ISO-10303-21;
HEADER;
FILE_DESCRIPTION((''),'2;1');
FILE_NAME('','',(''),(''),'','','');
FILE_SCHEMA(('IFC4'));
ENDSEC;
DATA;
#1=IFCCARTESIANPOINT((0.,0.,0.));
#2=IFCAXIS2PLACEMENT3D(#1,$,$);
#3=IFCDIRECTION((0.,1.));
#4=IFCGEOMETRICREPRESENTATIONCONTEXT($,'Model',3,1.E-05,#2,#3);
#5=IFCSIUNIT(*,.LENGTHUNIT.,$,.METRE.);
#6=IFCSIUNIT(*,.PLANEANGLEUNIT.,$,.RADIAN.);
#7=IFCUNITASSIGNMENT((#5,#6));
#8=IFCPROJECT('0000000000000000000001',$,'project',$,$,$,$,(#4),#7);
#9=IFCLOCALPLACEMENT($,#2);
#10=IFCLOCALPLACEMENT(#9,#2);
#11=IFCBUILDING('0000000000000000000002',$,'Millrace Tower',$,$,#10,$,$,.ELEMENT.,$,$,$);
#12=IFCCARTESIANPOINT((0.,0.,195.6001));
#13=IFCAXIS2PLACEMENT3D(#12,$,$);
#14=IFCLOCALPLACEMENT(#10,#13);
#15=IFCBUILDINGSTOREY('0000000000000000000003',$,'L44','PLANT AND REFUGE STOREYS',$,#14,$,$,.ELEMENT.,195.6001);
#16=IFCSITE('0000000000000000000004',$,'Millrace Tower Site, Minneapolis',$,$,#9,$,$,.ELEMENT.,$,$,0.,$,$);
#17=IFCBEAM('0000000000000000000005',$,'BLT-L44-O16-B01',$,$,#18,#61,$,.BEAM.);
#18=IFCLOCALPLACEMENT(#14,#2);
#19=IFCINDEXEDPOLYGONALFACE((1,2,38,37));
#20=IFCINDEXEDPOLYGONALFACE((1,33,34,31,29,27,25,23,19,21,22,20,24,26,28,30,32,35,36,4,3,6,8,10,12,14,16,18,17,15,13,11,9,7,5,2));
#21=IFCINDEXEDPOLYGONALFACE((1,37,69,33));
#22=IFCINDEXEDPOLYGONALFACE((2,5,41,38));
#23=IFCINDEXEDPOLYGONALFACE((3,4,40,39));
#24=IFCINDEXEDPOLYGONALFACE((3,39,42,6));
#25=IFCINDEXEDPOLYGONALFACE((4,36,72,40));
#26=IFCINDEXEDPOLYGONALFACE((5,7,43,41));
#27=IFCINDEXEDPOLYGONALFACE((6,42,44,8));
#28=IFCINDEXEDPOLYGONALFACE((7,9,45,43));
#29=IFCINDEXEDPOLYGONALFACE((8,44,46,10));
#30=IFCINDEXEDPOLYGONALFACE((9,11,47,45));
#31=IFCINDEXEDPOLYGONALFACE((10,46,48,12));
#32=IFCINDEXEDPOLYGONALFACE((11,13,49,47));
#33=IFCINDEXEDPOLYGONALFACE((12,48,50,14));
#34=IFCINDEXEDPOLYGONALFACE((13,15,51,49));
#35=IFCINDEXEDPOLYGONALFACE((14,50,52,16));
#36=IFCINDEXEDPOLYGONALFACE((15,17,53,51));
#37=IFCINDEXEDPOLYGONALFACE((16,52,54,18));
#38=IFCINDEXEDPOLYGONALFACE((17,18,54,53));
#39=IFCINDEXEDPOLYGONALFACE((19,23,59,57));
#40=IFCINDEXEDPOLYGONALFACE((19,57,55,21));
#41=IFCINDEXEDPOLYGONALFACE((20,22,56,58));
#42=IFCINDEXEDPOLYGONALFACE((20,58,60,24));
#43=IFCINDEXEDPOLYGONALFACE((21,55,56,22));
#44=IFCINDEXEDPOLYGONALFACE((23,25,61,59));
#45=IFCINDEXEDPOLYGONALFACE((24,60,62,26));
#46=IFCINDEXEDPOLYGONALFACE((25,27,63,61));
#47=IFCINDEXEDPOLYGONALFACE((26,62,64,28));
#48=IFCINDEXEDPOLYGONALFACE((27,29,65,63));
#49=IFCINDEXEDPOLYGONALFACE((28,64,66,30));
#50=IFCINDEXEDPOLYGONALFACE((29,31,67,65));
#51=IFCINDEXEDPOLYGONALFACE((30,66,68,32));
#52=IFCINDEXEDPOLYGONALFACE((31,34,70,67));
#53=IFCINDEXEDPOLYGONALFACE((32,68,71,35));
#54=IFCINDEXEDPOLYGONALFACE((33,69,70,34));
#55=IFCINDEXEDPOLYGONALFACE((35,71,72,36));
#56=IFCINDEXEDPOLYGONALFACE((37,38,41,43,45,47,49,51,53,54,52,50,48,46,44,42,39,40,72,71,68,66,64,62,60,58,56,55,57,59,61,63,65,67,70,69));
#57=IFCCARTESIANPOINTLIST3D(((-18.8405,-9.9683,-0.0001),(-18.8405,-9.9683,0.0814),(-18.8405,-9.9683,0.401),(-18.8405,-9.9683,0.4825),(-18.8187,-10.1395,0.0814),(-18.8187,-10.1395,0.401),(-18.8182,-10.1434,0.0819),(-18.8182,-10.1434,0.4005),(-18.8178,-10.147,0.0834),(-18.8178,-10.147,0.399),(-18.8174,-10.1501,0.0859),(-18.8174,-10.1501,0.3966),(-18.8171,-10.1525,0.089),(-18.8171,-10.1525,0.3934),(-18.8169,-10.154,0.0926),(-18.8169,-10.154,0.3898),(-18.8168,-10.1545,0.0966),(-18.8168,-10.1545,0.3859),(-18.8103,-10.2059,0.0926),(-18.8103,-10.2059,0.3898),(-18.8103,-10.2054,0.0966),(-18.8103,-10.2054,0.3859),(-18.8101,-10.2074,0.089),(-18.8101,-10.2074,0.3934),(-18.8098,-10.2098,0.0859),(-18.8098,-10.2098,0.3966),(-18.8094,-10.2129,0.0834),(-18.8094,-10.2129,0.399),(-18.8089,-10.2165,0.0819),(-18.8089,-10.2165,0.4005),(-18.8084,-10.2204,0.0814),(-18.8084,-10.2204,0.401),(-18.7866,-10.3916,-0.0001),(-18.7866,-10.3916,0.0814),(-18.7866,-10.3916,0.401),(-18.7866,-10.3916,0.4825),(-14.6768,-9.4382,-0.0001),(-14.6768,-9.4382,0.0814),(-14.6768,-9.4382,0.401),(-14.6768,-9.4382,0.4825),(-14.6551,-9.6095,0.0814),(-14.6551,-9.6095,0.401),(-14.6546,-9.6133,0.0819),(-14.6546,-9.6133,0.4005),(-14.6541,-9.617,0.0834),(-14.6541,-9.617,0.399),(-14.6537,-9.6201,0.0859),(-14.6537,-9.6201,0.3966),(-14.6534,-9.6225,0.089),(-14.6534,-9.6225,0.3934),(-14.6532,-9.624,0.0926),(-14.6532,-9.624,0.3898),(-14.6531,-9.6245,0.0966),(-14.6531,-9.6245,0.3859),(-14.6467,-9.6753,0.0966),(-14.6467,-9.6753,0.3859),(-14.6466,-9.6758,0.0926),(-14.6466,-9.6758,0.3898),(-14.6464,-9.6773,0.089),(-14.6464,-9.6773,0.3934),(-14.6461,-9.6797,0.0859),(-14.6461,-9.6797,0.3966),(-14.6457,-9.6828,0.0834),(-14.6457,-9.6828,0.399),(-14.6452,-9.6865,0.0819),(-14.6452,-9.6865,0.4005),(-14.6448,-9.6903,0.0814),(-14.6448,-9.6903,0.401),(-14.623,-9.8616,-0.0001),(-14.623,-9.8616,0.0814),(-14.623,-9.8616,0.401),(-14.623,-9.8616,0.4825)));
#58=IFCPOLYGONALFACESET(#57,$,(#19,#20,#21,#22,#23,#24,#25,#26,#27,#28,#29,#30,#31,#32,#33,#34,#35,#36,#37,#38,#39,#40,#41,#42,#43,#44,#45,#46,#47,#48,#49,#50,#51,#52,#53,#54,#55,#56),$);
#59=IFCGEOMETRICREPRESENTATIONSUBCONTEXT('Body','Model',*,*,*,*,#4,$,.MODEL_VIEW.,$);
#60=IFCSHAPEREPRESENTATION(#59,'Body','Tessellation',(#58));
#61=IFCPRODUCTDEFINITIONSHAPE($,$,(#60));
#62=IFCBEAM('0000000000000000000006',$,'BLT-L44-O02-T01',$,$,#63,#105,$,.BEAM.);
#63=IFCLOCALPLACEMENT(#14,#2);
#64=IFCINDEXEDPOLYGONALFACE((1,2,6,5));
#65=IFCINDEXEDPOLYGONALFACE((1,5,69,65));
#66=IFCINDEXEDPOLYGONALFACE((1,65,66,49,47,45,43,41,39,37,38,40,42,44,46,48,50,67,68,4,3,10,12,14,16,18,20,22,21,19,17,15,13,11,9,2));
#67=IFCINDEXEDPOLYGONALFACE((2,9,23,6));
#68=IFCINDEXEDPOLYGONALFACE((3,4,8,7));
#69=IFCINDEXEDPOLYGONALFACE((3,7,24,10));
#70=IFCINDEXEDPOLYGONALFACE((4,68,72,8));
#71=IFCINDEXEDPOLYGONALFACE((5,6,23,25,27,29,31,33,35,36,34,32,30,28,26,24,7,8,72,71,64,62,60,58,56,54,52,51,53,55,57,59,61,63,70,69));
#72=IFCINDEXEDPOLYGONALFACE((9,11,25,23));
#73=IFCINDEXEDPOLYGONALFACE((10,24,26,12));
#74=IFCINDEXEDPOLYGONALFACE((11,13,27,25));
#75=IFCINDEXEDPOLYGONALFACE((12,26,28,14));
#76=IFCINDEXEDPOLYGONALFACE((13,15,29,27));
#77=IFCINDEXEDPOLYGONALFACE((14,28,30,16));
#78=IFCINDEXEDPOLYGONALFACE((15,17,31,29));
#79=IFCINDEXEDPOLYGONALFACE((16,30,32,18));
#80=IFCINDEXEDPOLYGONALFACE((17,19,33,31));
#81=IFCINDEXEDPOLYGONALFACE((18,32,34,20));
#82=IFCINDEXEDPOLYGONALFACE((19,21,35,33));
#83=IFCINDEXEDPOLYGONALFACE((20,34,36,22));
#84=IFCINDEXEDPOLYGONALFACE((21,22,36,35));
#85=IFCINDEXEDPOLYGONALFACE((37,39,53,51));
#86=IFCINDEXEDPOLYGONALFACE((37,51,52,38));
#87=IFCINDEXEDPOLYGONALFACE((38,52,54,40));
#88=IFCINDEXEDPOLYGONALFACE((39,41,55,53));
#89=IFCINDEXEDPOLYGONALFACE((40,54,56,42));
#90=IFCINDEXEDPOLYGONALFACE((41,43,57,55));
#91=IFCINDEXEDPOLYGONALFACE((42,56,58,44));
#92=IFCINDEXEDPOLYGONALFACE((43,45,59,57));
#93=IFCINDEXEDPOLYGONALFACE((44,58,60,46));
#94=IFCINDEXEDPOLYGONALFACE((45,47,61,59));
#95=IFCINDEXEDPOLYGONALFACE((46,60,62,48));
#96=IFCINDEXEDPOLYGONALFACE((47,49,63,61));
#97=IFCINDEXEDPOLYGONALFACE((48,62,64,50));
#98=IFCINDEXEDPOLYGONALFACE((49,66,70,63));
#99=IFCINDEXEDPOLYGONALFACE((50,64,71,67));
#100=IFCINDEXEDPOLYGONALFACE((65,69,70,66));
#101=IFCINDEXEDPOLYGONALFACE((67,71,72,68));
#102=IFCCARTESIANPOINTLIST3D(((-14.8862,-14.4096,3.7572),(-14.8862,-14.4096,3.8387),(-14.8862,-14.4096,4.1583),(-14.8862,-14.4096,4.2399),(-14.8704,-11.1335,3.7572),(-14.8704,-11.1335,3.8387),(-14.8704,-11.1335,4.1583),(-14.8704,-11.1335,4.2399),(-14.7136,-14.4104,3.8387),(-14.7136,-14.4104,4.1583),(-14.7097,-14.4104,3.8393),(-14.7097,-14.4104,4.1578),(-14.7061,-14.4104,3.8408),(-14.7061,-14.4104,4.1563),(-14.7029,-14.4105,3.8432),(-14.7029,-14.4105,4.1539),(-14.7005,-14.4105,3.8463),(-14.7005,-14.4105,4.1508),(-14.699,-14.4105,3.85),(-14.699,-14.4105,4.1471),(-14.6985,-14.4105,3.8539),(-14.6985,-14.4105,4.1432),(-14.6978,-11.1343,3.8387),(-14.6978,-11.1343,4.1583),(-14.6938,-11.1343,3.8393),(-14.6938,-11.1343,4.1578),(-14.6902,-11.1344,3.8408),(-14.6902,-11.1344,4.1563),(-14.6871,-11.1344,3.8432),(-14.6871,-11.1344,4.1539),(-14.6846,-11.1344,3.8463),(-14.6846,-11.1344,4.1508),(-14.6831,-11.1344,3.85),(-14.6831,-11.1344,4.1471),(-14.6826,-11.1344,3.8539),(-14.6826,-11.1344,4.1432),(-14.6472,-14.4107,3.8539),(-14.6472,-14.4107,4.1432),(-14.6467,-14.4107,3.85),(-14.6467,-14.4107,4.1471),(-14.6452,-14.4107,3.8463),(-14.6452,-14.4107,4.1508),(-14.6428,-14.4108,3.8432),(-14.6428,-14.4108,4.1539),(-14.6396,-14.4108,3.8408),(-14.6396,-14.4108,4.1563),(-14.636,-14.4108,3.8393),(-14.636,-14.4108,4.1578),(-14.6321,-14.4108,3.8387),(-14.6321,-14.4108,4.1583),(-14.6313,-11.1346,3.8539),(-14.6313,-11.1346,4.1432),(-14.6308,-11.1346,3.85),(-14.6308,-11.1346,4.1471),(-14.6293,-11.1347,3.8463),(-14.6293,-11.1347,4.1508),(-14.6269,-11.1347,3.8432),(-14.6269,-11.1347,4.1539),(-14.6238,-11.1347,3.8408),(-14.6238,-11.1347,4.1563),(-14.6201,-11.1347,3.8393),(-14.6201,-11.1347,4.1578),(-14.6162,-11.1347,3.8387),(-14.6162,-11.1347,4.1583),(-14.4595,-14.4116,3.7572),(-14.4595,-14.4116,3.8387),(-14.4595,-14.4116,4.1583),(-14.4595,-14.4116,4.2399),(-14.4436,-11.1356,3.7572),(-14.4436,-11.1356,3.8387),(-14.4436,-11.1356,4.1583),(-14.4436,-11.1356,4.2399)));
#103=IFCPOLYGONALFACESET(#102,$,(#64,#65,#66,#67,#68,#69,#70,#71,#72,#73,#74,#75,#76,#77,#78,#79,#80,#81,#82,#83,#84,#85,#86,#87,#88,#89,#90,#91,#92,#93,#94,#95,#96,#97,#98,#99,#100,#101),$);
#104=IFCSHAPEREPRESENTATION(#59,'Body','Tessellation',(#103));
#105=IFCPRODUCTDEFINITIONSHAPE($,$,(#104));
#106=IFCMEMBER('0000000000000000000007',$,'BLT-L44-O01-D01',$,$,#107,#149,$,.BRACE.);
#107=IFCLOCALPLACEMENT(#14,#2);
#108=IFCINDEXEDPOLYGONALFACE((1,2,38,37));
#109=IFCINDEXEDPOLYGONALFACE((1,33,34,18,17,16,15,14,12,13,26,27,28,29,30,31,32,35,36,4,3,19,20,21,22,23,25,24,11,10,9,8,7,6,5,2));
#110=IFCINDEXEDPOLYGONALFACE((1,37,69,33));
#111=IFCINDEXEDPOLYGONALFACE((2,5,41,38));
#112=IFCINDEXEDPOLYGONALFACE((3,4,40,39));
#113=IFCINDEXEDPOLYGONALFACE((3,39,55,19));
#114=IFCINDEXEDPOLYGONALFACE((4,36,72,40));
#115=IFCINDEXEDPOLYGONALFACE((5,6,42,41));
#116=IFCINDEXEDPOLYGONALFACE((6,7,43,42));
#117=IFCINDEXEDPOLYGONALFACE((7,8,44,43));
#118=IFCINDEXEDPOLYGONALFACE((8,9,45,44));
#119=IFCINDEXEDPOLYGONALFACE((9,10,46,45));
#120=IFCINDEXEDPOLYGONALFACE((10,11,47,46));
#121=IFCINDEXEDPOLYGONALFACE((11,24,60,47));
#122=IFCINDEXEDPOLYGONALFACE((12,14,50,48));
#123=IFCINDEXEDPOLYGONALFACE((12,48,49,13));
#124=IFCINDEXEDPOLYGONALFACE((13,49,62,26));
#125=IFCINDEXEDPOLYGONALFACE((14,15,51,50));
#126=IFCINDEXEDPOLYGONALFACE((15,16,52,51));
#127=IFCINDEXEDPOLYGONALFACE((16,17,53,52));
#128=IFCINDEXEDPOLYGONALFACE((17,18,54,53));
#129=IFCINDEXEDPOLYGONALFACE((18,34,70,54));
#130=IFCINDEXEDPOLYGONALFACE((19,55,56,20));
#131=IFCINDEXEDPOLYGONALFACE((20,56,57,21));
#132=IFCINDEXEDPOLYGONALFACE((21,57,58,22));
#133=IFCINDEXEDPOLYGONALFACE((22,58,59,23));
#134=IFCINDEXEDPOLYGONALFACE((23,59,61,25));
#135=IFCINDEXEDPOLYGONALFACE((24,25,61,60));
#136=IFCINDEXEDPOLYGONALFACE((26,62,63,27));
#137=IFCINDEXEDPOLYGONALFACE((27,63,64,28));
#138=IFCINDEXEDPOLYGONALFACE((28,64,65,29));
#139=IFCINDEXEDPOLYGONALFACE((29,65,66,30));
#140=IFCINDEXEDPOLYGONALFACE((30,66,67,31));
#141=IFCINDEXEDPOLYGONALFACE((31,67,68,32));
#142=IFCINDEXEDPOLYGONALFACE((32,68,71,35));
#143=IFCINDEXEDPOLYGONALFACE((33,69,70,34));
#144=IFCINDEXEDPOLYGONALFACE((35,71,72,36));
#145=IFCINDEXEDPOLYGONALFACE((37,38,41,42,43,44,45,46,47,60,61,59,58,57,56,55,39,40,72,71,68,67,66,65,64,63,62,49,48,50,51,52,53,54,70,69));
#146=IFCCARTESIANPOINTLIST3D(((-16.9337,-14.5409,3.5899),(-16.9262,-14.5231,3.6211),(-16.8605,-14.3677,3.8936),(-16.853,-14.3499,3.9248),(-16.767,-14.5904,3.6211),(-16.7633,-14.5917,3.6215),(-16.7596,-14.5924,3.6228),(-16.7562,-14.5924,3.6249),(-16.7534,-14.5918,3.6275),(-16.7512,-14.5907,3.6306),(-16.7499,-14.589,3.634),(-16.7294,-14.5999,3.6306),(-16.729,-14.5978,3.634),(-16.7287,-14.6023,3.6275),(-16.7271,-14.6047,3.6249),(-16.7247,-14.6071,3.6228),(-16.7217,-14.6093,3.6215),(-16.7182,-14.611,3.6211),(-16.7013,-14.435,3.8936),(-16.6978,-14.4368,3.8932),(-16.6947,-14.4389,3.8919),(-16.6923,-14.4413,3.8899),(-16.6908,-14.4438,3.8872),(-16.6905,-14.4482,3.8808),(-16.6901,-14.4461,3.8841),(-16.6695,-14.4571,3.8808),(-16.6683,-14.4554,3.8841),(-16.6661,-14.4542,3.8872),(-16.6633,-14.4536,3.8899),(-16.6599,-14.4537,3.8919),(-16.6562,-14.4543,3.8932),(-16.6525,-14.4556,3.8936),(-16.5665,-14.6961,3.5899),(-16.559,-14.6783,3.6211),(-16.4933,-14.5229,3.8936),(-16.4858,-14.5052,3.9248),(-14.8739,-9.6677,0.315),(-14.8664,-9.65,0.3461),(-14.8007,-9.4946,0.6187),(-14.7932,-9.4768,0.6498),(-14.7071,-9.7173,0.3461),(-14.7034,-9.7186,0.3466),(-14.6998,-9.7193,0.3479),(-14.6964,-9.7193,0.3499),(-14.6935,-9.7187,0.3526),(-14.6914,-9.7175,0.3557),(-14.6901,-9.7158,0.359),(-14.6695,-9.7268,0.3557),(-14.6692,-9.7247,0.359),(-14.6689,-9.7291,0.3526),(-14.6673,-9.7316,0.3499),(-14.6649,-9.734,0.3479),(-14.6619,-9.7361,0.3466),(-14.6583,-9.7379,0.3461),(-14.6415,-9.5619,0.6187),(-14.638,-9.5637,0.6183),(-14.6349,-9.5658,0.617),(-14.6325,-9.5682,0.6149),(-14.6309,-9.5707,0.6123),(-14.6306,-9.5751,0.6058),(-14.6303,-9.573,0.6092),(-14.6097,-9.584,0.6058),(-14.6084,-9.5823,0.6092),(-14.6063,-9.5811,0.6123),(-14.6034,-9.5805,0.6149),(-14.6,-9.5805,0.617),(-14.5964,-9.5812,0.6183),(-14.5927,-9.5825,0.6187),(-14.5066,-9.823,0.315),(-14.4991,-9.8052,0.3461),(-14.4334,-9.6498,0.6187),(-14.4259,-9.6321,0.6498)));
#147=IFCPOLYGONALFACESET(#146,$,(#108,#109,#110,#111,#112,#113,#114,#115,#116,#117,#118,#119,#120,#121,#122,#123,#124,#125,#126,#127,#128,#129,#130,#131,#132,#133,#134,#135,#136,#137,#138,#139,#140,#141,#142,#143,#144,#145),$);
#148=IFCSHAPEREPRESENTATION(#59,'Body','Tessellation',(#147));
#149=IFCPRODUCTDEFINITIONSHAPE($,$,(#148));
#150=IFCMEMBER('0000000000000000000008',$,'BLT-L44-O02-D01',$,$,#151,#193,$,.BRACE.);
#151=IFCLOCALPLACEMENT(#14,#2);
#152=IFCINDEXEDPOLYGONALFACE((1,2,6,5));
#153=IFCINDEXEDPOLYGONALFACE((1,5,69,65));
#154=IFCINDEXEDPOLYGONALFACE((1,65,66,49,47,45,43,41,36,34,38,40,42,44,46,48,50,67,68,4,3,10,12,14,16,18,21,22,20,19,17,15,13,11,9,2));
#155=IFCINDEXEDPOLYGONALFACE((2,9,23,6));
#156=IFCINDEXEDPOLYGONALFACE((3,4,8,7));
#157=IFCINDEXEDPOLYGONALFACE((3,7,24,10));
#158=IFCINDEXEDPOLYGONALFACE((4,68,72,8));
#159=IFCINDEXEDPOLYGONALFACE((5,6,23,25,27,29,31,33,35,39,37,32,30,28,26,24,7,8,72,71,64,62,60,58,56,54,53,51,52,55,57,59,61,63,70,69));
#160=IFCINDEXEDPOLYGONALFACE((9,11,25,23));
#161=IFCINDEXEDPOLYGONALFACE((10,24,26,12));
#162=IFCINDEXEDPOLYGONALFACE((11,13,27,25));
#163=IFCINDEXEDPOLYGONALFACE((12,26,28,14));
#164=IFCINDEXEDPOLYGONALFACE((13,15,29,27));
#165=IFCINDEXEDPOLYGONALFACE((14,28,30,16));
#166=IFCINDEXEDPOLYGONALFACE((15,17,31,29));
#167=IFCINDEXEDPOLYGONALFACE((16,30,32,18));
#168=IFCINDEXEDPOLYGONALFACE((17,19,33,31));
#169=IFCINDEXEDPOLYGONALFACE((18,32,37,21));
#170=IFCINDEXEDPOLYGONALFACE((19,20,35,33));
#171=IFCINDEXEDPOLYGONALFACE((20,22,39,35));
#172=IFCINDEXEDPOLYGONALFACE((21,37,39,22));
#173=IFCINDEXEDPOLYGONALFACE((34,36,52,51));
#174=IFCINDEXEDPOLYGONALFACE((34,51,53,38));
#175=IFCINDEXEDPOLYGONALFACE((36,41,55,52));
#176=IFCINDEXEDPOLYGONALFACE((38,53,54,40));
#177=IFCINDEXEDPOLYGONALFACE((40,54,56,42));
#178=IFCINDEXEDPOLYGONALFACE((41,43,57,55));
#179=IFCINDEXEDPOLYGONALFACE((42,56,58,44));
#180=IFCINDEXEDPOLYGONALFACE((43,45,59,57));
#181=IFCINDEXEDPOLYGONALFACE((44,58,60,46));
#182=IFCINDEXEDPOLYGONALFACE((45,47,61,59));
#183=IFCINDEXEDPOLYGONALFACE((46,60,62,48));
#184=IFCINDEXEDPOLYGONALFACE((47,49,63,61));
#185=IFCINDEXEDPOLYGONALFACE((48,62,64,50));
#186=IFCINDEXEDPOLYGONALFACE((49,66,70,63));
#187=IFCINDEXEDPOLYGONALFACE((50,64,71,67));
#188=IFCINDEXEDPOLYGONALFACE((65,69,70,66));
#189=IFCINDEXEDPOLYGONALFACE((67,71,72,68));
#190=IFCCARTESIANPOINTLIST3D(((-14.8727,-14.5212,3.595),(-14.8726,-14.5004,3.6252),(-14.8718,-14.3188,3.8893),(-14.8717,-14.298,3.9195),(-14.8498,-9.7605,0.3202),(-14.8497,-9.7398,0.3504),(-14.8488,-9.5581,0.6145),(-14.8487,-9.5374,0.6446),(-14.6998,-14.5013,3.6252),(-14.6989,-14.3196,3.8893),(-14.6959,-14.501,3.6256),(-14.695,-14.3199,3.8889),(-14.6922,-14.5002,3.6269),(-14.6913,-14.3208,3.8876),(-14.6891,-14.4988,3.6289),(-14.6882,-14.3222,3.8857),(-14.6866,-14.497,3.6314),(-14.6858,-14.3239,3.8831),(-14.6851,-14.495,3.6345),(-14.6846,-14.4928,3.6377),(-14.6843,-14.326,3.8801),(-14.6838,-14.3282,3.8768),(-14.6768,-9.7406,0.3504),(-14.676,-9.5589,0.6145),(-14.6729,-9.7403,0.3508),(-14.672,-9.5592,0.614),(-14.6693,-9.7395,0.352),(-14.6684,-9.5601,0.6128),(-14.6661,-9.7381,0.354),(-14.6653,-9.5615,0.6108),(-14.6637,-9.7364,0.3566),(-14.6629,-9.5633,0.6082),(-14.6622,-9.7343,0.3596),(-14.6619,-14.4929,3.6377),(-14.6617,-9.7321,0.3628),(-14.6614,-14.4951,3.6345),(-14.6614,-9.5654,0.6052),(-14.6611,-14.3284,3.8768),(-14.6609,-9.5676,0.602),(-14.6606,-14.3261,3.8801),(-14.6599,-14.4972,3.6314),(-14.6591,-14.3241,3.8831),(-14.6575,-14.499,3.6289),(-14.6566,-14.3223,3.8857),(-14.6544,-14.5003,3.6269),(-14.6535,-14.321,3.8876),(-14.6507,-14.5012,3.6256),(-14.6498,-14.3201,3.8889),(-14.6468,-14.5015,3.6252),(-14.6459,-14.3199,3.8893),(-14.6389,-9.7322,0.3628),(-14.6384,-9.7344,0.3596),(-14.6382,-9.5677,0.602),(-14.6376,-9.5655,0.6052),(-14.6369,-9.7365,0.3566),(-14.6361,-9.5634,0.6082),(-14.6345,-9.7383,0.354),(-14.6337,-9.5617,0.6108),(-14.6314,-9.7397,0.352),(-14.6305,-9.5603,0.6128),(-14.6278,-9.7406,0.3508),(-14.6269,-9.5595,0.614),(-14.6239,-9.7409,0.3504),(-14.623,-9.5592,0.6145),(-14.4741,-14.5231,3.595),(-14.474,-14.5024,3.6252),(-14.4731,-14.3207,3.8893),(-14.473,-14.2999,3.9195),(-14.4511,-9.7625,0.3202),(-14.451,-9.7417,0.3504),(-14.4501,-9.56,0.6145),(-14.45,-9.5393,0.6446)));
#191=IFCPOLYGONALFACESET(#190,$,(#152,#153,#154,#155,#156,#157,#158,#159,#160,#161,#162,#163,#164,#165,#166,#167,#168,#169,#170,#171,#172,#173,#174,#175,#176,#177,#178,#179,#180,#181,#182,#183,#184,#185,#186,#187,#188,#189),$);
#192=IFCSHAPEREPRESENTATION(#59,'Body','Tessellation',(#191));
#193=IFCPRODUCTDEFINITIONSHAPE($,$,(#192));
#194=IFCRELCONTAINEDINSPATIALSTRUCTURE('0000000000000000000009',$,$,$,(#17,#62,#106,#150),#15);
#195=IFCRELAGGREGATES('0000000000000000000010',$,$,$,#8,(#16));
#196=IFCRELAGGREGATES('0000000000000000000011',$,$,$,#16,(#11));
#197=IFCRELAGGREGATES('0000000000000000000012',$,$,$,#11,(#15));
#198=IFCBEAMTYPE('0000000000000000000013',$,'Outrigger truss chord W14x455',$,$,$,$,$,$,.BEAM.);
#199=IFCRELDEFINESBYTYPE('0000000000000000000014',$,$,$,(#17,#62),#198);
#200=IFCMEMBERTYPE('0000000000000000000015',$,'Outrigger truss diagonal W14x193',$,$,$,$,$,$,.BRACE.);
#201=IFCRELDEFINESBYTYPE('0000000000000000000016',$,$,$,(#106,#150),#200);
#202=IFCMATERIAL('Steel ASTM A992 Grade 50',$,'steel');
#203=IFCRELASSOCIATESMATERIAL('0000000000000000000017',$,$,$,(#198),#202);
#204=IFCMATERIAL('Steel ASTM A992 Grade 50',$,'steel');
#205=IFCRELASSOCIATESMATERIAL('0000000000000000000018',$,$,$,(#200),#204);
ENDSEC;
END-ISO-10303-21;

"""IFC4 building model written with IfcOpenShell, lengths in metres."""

from ifc_helpers import new_model, si_unit, direction, frame, origin, origin_2d, place, context, subcontext, project, spatial, i_section, extrude, material, material_profile, profile_set, type_object, element, save


model = new_model("IFC4")

# Units and contexts
model_context = context("Model", 3, precision=1e-05, world=origin(), true_north=direction((0.0, 1.0)))
body_context = subcontext(model_context, "Body", "Model", "MODEL_VIEW")
ifc_project = project(units=[si_unit("LENGTHUNIT", "METRE"), si_unit("PLANEANGLEUNIT", "RADIAN")], contexts=[model_context])

# Site, building, storey
site_placement = place(None, origin())
site = spatial("IfcSite", under=ifc_project, at=site_placement, Name="Millrace Tower Site, Minneapolis", CompositionType="ELEMENT", RefElevation=0.0)
building_placement = place(site_placement, origin())
building = spatial("IfcBuilding", under=site, at=building_placement, Name="Millrace Tower", CompositionType="ELEMENT")
storey_placement = place(building_placement, frame((0.0, 0.0, 195.6001)))
storey = spatial("IfcBuildingStorey", under=building, at=storey_placement, Name="L44", Description="PLANT AND REFUGE STOREYS", CompositionType="ELEMENT", Elevation=195.6001)

# Beams
ifc_material_1 = material(Name="Steel ASTM A992 Grade 50", Category="steel")
ifc_material_profile_1 = material_profile(ifc_material_1, i_section(OverallWidth=0.4268, OverallDepth=0.4827, WebThickness=0.0513, FlangeThickness=0.0815, FilletRadius=0.0151, at=origin_2d()))
ifc_profile_set_1 = profile_set([ifc_material_profile_1], Name="Steel ASTM A992 Grade 50")
beam_type = type_object("IfcBeamType", Name="Outrigger truss chord W14x455", PredefinedType="BEAM", material=ifc_profile_set_1)
beam_1_placement = place(storey_placement, frame((-14.6499, -9.6499, 0.2412), z_axis=(-0.991994, -0.126282, 0.0), x_axis=(0.126282, -0.991994, 0.0)))
element("IfcBeam", 1, at=beam_1_placement, inside=storey, type_object=beam_type, Name="BLT-L44-O16-B01", PredefinedType="BEAM", context=body_context, shape_type="SweptSolid", body=[
    extrude(i_section(OverallWidth=0.4268, OverallDepth=0.4827, WebThickness=0.0513, FlangeThickness=0.0815, FilletRadius=0.0151, at=origin_2d()), origin(), (0.0, 0.0, 1.0), 4.1973),
])
beam_2_placement = place(storey_placement, frame((-14.657, -11.1345, 3.9985), z_axis=(-0.004844, -0.999988, 0.0), x_axis=(0.999988, -0.004844, 0.0)))
element("IfcBeam", 2, at=beam_2_placement, inside=storey, type_object=beam_type, Name="BLT-L44-O02-T01", PredefinedType="BEAM", context=body_context, shape_type="SweptSolid", body=[
    extrude(i_section(OverallWidth=0.4268, OverallDepth=0.4827, WebThickness=0.0513, FlangeThickness=0.0815, FilletRadius=0.0151, at=origin_2d()), origin(), (0.0, 0.0, 1.0), 3.2761),
])

# Members
ifc_material_2 = material(Name="Steel ASTM A992 Grade 50", Category="steel")
ifc_material_profile_2 = material_profile(ifc_material_2, i_section(OverallWidth=0.3987, OverallDepth=0.3938, WebThickness=0.0227, FlangeThickness=0.0366, FilletRadius=0.0151, at=origin_2d()))
ifc_profile_set_2 = profile_set([ifc_material_profile_2], Name="Steel ASTM A992 Grade 50")
member_type_1 = type_object("IfcMemberType", Name="Outrigger truss diagonal W14x193", PredefinedType="BRACE", material=ifc_profile_set_2)
member_1_placement = place(storey_placement, frame((-14.6499, -9.6499, 0.4824), z_axis=(-0.331049, -0.783185, 0.526335), x_axis=(0.921093, -0.389342, 0.0)))
element("IfcMember", 3, at=member_1_placement, inside=storey, type_object=member_type_1, Name="BLT-L44-O01-D01", PredefinedType="BRACE", context=body_context, shape_type="SweptSolid", body=[
    extrude(i_section(OverallWidth=0.3987, OverallDepth=0.3938, WebThickness=0.0227, FlangeThickness=0.0366, FilletRadius=0.0151, at=origin_2d()), origin(), (0.0, 0.0, 1.0), 6.2222),
])
member_2_placement = place(storey_placement, frame((-14.6499, -9.6499, 0.4824), z_axis=(-0.003972, -0.823883, 0.566747), x_axis=(0.999988, -0.00482, 0.0)))
element("IfcMember", 4, at=member_2_placement, inside=storey, type_object=member_type_1, Name="BLT-L44-O02-D01", PredefinedType="BRACE", context=body_context, shape_type="SweptSolid", body=[
    extrude(i_section(OverallWidth=0.3987, OverallDepth=0.3938, WebThickness=0.0227, FlangeThickness=0.0366, FilletRadius=0.0151, at=origin_2d()), origin(), (0.0, 0.0, 1.0), 5.7783),
])

save(model, "model.ifc")
